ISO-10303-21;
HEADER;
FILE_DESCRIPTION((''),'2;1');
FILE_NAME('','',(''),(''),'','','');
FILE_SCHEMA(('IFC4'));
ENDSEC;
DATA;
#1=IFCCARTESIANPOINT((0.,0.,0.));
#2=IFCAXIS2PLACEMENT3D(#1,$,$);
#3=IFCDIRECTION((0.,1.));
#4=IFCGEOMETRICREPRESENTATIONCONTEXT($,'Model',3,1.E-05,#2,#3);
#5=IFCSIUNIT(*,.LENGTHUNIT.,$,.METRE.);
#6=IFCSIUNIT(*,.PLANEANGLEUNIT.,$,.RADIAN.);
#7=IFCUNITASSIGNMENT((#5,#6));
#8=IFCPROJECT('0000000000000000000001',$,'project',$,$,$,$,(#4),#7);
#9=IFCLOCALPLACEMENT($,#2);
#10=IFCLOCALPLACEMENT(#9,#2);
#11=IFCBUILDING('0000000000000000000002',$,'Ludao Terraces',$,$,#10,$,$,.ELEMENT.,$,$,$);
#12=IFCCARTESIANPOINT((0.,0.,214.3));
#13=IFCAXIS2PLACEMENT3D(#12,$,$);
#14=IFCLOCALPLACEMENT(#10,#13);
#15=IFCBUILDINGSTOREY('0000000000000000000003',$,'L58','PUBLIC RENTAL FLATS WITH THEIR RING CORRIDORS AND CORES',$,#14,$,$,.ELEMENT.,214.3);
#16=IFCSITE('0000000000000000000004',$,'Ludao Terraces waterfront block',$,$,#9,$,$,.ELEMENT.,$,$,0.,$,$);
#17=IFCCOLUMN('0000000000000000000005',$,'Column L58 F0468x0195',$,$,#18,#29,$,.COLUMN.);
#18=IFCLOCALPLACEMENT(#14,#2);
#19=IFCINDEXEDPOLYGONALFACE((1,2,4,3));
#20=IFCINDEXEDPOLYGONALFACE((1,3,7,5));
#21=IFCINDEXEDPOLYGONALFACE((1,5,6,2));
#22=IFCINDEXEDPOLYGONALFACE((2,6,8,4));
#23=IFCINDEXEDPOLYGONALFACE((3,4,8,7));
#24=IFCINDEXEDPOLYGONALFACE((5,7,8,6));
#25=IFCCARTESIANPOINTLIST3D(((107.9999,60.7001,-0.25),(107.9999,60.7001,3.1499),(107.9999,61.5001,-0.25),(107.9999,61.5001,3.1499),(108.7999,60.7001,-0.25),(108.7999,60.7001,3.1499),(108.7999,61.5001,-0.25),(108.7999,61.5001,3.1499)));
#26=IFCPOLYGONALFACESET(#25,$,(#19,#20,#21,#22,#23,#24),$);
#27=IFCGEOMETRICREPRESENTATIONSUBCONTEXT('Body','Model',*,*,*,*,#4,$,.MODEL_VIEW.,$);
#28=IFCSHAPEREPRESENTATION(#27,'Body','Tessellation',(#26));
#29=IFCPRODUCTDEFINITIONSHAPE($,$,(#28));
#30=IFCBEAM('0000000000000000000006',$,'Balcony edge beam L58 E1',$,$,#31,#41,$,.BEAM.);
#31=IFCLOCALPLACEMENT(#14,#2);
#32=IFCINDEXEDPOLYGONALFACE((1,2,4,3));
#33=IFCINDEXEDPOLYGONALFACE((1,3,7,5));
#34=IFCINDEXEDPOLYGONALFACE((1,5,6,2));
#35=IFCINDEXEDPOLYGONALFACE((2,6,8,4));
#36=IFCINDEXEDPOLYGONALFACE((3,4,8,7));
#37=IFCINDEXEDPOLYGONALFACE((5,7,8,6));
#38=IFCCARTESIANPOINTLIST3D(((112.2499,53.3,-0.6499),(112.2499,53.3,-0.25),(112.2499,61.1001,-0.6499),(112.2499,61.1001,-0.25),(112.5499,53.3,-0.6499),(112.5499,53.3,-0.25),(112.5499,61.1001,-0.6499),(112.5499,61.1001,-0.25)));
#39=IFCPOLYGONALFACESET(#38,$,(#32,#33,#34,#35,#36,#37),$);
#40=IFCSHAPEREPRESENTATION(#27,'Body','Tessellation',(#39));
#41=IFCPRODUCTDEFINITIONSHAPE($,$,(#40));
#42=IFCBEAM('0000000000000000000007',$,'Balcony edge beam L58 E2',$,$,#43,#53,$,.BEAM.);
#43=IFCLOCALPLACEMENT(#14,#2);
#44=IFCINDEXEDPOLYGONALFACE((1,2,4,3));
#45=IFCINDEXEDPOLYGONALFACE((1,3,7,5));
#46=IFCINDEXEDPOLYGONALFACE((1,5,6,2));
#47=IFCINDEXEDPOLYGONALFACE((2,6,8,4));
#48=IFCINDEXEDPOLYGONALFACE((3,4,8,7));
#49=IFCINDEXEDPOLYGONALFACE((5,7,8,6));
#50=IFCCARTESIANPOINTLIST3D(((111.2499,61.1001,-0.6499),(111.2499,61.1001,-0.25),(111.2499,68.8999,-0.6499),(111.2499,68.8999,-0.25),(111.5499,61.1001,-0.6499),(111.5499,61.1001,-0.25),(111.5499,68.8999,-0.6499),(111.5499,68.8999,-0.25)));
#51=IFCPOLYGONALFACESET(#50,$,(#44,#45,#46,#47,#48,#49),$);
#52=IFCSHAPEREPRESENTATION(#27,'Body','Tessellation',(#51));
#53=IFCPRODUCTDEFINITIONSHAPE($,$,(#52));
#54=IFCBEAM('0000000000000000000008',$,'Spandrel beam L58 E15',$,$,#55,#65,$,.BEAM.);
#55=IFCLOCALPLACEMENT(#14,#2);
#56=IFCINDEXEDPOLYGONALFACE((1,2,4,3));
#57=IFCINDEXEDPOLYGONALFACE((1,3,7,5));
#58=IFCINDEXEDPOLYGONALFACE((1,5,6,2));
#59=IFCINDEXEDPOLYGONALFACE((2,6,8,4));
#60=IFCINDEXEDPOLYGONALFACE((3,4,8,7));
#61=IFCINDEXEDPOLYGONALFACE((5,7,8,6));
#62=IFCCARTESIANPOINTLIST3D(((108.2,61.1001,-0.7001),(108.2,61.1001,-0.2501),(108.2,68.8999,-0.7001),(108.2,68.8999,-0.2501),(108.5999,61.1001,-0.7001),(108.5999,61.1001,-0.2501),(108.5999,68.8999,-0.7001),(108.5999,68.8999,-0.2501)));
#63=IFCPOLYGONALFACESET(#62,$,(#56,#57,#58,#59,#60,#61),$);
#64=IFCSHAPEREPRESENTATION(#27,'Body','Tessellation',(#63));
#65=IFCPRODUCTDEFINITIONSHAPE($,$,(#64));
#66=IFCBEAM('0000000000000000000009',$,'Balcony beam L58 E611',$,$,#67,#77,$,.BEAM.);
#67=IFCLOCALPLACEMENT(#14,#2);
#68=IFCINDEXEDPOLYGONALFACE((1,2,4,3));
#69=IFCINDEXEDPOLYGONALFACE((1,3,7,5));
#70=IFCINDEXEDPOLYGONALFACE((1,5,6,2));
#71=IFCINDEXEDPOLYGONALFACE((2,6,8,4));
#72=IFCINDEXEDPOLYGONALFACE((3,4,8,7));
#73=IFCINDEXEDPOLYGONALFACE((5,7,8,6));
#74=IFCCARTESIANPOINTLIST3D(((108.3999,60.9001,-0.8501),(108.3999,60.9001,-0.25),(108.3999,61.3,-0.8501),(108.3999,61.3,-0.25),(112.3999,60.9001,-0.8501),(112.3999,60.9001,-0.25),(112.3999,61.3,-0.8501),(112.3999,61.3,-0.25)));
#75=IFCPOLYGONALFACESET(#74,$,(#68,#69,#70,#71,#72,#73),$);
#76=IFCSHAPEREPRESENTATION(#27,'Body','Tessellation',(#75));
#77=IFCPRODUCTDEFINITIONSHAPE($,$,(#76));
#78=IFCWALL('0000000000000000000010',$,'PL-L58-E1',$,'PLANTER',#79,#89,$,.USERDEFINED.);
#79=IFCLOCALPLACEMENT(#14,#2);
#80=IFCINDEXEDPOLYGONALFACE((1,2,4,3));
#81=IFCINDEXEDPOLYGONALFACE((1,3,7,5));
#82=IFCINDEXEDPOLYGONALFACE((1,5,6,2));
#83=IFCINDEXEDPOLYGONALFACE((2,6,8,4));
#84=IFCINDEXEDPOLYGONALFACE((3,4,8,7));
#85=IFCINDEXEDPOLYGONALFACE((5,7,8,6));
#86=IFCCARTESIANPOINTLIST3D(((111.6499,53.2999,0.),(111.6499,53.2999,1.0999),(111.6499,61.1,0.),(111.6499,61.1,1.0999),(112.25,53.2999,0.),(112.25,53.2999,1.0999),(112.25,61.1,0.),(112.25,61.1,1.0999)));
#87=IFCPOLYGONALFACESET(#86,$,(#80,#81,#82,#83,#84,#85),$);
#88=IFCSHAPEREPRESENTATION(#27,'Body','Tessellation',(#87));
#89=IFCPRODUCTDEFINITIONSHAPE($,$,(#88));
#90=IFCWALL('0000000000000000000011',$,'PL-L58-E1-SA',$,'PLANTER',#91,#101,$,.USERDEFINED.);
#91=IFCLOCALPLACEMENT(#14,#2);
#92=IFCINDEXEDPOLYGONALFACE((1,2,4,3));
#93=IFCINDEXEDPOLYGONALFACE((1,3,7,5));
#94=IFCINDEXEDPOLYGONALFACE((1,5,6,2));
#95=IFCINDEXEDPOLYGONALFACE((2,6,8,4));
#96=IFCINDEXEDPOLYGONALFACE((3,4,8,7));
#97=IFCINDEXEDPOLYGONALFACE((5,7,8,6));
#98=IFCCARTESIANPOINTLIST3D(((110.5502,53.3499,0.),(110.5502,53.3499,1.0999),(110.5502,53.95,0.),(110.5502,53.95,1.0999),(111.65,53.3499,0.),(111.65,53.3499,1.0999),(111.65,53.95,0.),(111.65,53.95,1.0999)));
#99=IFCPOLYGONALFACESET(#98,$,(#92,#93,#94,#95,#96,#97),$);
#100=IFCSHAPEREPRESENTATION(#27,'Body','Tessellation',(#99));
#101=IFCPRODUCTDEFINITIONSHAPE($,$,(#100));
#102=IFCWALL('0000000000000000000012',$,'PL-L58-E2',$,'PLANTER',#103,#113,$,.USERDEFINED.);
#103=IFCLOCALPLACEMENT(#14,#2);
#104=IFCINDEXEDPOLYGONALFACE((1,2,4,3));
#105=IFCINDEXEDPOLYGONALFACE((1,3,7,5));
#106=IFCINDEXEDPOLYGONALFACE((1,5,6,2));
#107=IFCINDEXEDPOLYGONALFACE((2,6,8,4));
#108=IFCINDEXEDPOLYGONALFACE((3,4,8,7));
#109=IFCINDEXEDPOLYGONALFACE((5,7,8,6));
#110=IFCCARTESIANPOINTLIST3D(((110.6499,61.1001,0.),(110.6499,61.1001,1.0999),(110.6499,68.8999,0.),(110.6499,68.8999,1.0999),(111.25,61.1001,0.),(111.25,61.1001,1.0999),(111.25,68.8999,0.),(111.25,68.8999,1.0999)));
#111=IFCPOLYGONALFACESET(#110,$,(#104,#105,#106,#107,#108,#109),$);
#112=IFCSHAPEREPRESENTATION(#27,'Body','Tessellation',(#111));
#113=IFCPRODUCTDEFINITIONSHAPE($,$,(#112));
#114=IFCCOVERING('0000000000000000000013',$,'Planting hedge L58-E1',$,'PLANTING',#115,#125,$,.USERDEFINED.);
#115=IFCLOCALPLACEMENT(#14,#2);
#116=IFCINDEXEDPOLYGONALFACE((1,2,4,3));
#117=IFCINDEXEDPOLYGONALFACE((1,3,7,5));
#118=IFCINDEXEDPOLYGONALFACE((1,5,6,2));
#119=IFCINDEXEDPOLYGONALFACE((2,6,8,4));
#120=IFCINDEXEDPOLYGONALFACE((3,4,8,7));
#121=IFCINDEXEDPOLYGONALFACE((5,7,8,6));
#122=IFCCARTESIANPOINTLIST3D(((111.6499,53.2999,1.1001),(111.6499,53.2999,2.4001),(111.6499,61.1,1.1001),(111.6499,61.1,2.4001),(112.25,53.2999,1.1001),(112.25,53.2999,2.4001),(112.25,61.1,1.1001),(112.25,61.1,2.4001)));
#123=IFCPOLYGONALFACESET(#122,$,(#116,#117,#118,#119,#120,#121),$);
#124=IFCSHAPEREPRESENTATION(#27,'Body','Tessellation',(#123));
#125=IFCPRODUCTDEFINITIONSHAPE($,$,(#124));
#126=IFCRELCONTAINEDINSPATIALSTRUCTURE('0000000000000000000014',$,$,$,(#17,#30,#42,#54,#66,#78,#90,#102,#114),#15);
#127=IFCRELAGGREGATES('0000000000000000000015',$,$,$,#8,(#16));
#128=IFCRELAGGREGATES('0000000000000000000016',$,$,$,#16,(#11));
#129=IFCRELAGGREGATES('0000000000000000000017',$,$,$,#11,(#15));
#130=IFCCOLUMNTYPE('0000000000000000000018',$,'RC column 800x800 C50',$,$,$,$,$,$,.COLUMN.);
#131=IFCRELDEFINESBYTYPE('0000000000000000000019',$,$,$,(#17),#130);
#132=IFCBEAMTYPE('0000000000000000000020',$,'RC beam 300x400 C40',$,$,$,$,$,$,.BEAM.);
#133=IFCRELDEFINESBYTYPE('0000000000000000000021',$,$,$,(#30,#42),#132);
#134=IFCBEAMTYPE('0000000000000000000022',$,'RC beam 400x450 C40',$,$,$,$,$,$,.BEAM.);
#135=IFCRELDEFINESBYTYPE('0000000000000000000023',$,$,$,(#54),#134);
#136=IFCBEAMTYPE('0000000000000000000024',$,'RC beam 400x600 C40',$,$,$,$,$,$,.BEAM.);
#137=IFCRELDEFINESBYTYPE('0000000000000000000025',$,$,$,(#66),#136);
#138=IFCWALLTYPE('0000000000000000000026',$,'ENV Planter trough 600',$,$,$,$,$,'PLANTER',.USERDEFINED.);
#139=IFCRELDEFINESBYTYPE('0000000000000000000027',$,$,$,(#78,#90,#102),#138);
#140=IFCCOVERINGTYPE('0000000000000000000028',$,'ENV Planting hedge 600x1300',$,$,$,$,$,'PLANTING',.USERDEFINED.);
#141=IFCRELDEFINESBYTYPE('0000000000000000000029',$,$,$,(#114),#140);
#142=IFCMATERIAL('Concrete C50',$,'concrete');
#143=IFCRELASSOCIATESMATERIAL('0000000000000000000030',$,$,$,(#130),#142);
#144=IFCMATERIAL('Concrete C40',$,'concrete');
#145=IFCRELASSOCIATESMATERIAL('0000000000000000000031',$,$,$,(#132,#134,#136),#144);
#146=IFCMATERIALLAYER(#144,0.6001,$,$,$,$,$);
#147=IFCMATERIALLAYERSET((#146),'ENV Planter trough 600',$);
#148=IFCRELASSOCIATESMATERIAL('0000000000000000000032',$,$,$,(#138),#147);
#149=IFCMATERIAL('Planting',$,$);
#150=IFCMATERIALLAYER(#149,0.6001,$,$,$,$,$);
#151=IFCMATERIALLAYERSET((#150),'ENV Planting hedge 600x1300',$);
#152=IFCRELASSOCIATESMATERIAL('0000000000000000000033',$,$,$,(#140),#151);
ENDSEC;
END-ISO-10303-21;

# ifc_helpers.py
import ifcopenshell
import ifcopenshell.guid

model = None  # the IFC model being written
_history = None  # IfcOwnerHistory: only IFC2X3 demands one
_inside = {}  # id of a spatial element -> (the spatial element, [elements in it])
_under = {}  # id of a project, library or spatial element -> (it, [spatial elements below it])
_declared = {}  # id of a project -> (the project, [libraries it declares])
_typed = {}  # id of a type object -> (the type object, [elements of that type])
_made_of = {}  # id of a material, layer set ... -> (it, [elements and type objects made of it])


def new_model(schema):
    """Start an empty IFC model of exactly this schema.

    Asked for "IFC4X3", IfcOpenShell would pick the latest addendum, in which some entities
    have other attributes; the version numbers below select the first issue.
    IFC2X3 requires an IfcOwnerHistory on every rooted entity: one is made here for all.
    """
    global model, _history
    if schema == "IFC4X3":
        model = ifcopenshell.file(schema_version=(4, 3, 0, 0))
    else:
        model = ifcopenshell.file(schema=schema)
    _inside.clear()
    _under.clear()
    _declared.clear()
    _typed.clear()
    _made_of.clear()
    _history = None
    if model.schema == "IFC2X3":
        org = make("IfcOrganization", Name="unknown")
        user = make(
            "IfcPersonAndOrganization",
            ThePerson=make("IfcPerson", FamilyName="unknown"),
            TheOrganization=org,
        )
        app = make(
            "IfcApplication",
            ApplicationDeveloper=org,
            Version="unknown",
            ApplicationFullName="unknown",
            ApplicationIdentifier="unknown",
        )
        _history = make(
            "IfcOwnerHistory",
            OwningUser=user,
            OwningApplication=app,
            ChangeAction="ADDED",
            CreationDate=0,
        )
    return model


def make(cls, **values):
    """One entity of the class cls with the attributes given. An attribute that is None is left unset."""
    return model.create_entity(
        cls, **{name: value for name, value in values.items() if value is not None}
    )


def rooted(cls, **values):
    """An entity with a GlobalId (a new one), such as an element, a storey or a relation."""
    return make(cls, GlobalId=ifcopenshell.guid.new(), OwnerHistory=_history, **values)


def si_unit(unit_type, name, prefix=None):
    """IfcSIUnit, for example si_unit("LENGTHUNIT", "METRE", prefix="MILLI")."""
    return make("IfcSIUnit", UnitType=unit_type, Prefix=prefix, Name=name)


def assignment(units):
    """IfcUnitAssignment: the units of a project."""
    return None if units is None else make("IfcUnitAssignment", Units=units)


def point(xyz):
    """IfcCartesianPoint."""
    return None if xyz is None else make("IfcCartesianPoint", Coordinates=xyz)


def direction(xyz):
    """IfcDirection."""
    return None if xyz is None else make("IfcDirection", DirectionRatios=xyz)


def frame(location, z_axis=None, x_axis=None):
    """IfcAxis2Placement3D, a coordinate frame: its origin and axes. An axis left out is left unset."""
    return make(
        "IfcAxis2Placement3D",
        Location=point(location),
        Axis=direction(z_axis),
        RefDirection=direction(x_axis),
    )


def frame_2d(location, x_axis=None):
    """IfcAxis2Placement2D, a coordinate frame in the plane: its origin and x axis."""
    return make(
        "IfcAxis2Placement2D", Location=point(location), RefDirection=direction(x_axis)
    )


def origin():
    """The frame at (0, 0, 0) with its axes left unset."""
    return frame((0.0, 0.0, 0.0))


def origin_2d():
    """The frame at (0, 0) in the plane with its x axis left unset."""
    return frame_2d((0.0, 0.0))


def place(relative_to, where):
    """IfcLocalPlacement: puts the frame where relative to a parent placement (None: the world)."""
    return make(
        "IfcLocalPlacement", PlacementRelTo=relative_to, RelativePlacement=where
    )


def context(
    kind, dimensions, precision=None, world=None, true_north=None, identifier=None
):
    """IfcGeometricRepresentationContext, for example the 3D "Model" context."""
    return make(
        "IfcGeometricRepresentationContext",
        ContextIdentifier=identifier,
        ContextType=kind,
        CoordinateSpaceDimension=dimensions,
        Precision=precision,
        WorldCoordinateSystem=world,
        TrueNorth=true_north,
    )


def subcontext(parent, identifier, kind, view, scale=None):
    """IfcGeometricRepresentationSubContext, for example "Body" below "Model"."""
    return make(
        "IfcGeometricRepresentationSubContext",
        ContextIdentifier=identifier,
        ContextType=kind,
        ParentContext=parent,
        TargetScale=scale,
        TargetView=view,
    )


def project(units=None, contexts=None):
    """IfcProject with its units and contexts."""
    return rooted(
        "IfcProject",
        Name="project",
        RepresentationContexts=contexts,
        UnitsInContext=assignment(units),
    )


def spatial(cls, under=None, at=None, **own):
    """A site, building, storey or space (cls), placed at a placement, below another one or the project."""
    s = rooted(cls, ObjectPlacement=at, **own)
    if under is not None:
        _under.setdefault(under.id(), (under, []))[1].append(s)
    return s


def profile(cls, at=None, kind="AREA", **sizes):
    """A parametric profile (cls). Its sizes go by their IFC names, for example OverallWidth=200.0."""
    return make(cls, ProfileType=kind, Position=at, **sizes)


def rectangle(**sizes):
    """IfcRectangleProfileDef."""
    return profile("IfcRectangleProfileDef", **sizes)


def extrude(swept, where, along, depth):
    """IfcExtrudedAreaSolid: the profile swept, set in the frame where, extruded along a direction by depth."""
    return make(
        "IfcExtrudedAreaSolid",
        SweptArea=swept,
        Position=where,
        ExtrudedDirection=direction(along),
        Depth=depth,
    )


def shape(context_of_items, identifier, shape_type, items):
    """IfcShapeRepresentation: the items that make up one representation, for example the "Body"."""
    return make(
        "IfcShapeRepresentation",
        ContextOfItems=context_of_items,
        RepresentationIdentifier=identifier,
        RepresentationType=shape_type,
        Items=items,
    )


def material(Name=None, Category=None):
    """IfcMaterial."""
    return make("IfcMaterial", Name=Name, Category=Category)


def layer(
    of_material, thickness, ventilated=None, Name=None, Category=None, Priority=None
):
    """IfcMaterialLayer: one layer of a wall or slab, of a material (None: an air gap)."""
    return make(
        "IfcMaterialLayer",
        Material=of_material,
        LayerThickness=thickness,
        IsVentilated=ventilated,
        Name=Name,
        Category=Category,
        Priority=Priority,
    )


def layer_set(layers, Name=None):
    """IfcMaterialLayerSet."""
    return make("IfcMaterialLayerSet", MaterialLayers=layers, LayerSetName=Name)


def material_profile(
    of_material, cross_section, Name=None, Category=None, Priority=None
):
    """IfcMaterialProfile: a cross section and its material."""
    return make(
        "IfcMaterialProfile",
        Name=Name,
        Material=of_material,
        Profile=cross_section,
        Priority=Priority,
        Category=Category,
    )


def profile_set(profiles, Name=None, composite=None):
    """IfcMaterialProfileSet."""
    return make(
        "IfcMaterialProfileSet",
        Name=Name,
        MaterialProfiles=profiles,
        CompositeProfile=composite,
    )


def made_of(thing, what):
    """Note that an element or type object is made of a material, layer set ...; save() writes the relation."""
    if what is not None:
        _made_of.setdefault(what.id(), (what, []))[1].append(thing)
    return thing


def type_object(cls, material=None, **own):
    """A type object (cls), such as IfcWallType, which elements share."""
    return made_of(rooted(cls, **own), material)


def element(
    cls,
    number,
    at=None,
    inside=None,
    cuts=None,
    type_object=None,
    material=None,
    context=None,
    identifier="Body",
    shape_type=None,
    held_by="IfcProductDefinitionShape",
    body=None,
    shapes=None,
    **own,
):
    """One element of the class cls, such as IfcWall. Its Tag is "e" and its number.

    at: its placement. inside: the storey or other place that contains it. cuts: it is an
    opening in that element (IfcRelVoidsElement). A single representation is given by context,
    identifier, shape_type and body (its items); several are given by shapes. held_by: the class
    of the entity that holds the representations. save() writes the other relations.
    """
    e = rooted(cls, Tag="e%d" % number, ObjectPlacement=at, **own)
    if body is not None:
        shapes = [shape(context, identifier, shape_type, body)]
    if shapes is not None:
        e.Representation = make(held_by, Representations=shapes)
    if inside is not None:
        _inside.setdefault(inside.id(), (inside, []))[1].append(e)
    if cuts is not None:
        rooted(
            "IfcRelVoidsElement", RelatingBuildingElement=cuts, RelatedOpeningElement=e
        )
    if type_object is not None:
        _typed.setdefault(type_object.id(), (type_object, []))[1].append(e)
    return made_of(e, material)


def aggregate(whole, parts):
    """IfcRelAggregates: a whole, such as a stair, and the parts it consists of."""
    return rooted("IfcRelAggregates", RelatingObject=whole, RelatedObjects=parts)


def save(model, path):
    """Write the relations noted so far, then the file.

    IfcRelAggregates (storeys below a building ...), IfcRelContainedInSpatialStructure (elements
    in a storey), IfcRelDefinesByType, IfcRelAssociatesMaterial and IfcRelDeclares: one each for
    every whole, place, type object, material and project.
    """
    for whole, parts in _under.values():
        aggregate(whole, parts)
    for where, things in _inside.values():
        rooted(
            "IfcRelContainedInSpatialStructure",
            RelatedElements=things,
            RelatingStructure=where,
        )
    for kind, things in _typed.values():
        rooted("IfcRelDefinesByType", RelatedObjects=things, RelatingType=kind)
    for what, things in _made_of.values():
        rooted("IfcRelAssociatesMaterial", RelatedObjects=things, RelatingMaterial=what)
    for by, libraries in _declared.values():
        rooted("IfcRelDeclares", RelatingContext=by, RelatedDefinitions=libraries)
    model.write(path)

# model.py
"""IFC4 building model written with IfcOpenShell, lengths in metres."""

from ifc_helpers import new_model, si_unit, direction, frame, frame_2d, origin, origin_2d, place, context, subcontext, project, spatial, rectangle, extrude, material, layer, layer_set, material_profile, profile_set, type_object, element, save


model = new_model("IFC4")

# Units and contexts
model_context = context("Model", 3, precision=1e-05, world=origin(), true_north=direction((0.0, 1.0)))
body_context = subcontext(model_context, "Body", "Model", "MODEL_VIEW")
ifc_project = project(units=[si_unit("LENGTHUNIT", "METRE"), si_unit("PLANEANGLEUNIT", "RADIAN")], contexts=[model_context])

# Site, building, storey
site_placement = place(None, origin())
site = spatial("IfcSite", under=ifc_project, at=site_placement, Name="Ludao Terraces waterfront block", CompositionType="ELEMENT", RefElevation=0.0)
building_placement = place(site_placement, origin())
building = spatial("IfcBuilding", under=site, at=building_placement, Name="Ludao Terraces", CompositionType="ELEMENT")
storey_placement = place(building_placement, frame((0.0, 0.0, 214.3)))
storey = spatial("IfcBuildingStorey", under=building, at=storey_placement, Name="L58", Description="PUBLIC RENTAL FLATS WITH THEIR RING CORRIDORS AND CORES", CompositionType="ELEMENT", Elevation=214.3)

# Column
ifc_material_1 = material(Name="Concrete C50", Category="concrete")
ifc_material_profile_1 = material_profile(ifc_material_1, rectangle(XDim=0.8, YDim=0.8, at=origin_2d()), Name="800 X 800")
ifc_profile_set_1 = profile_set([ifc_material_profile_1], Name="Concrete C50")
column_type = type_object("IfcColumnType", Name="RC column 800x800 C50", PredefinedType="COLUMN", material=ifc_profile_set_1)
column_placement = place(storey_placement, frame((108.3999, 61.1001, -0.25), z_axis=(0.0, 0.0, 1.0), x_axis=(1.0, 0.0, 0.0)))
element("IfcColumn", 1, at=column_placement, inside=storey, type_object=column_type, Name="Column L58 F0468x0195", PredefinedType="COLUMN", context=body_context, shape_type="SweptSolid", body=[
    extrude(rectangle(XDim=0.8, YDim=0.8, at=origin_2d()), origin(), (0.0, 0.0, 1.0), 3.3999),
])

# Beams
ifc_material_2 = material(Name="Concrete C40", Category="concrete")
ifc_material_profile_2 = material_profile(ifc_material_2, rectangle(XDim=0.3, YDim=0.3999, at=origin_2d()), Name="300 X 400")
ifc_profile_set_2 = profile_set([ifc_material_profile_2], Name="Concrete C40")
beam_type_1 = type_object("IfcBeamType", Name="RC beam 300x400 C40", PredefinedType="BEAM", material=ifc_profile_set_2)
beam_1_placement = place(storey_placement, frame((112.3999, 53.3, -0.45), z_axis=(0.0, 1.0, 0.0), x_axis=(-1.0, 0.0, 0.0)))
element("IfcBeam", 2, at=beam_1_placement, inside=storey, type_object=beam_type_1, Name="Balcony edge beam L58 E1", PredefinedType="BEAM", context=body_context, shape_type="SweptSolid", body=[
    extrude(rectangle(XDim=0.3, YDim=0.3999, at=origin_2d()), origin(), (0.0, 0.0, 1.0), 7.8),
])
beam_2_placement = place(storey_placement, frame((111.3999, 61.1001, -0.45), z_axis=(0.0, 1.0, 0.0), x_axis=(-1.0, 0.0, 0.0)))
element("IfcBeam", 3, at=beam_2_placement, inside=storey, type_object=beam_type_1, Name="Balcony edge beam L58 E2", PredefinedType="BEAM", context=body_context, shape_type="SweptSolid", body=[
    extrude(rectangle(XDim=0.3, YDim=0.3999, at=origin_2d()), origin(), (0.0, 0.0, 1.0), 7.7998),
])
ifc_material_profile_3 = material_profile(ifc_material_2, rectangle(XDim=0.3999, YDim=0.45, at=origin_2d()), Name="400 X 450")
ifc_profile_set_3 = profile_set([ifc_material_profile_3], Name="Concrete C40")
beam_type_2 = type_object("IfcBeamType", Name="RC beam 400x450 C40", PredefinedType="BEAM", material=ifc_profile_set_3)
beam_3_placement = place(storey_placement, frame((108.3999, 61.1001, -0.4751), z_axis=(0.0, 1.0, 0.0), x_axis=(-1.0, 0.0, 0.0)))
element("IfcBeam", 4, at=beam_3_placement, inside=storey, type_object=beam_type_2, Name="Spandrel beam L58 E15", PredefinedType="BEAM", context=body_context, shape_type="SweptSolid", body=[
    extrude(rectangle(XDim=0.3999, YDim=0.45, at=origin_2d()), origin(), (0.0, 0.0, 1.0), 7.7998),
])
ifc_material_profile_4 = material_profile(ifc_material_2, rectangle(XDim=0.3999, YDim=0.6001, at=origin_2d()), Name="400 X 600")
ifc_profile_set_4 = profile_set([ifc_material_profile_4], Name="Concrete C40")
beam_type_3 = type_object("IfcBeamType", Name="RC beam 400x600 C40", PredefinedType="BEAM", material=ifc_profile_set_4)
beam_4_placement = place(storey_placement, frame((108.3999, 61.1001, -0.55), z_axis=(1.0, 0.0, 0.0), x_axis=(0.0, 1.0, 0.0)))
element("IfcBeam", 5, at=beam_4_placement, inside=storey, type_object=beam_type_3, Name="Balcony beam L58 E611", PredefinedType="BEAM", context=body_context, shape_type="SweptSolid", body=[
    extrude(rectangle(XDim=0.3999, YDim=0.6001, at=origin_2d()), origin(), (0.0, 0.0, 1.0), 4.0),
])

# Walls
ifc_layer_1 = layer(ifc_material_2, 0.6001)
ifc_layer_set_1 = layer_set([ifc_layer_1], Name="ENV Planter trough 600")
wall_type = type_object("IfcWallType", Name="ENV Planter trough 600", ElementType="PLANTER", PredefinedType="USERDEFINED", material=ifc_layer_set_1)
wall_1_placement = place(storey_placement, frame((111.95, 53.3, 0.0), z_axis=(0.0, 0.0, 1.0), x_axis=(0.0, 1.0, 0.0)))
element("IfcWall", 6, at=wall_1_placement, inside=storey, type_object=wall_type, Name="PL-L58-E1", ObjectType="PLANTER", PredefinedType="USERDEFINED", context=body_context, shape_type="SweptSolid", body=[
    extrude(rectangle(XDim=7.8, YDim=0.6001, at=frame_2d((3.8999, 0.0))), origin(), (0.0, 0.0, 1.0), 1.0999),
])
wall_2_placement = place(storey_placement, frame((111.6499, 53.6499, 0.0), z_axis=(0.0, 0.0, 1.0), x_axis=(-1.0, 0.0, 0.0)))
element("IfcWall", 7, at=wall_2_placement, inside=storey, type_object=wall_type, Name="PL-L58-E1-SA", ObjectType="PLANTER", PredefinedType="USERDEFINED", context=body_context, shape_type="SweptSolid", body=[
    extrude(rectangle(XDim=1.0999, YDim=0.6001, at=frame_2d((0.5498, 0.0))), origin(), (0.0, 0.0, 1.0), 1.0999),
])
wall_3_placement = place(storey_placement, frame((110.95, 61.1001, 0.0), z_axis=(0.0, 0.0, 1.0), x_axis=(0.0, 1.0, 0.0)))
element("IfcWall", 8, at=wall_3_placement, inside=storey, type_object=wall_type, Name="PL-L58-E2", ObjectType="PLANTER", PredefinedType="USERDEFINED", context=body_context, shape_type="SweptSolid", body=[
    extrude(rectangle(XDim=7.7998, YDim=0.6001, at=frame_2d((3.8999, 0.0))), origin(), (0.0, 0.0, 1.0), 1.0999),
])

# Covering
ifc_material_3 = material(Name="Planting")
ifc_layer_2 = layer(ifc_material_3, 0.6001)
ifc_layer_set_2 = layer_set([ifc_layer_2], Name="ENV Planting hedge 600x1300")
covering_type = type_object("IfcCoveringType", Name="ENV Planting hedge 600x1300", ElementType="PLANTING", PredefinedType="USERDEFINED", material=ifc_layer_set_2)
covering_placement = place(storey_placement, frame((111.95, 57.2, 1.1001), z_axis=(0.0, 0.0, 1.0), x_axis=(1.0, 0.0, 0.0)))
element("IfcCovering", 9, at=covering_placement, inside=storey, type_object=covering_type, Name="Planting hedge L58-E1", ObjectType="PLANTING", PredefinedType="USERDEFINED", context=body_context, shape_type="SweptSolid", body=[
    extrude(rectangle(XDim=0.6001, YDim=7.8, at=origin_2d()), origin(), (0.0, 0.0, 1.0), 1.3),
])

save(model, "model.ifc")
